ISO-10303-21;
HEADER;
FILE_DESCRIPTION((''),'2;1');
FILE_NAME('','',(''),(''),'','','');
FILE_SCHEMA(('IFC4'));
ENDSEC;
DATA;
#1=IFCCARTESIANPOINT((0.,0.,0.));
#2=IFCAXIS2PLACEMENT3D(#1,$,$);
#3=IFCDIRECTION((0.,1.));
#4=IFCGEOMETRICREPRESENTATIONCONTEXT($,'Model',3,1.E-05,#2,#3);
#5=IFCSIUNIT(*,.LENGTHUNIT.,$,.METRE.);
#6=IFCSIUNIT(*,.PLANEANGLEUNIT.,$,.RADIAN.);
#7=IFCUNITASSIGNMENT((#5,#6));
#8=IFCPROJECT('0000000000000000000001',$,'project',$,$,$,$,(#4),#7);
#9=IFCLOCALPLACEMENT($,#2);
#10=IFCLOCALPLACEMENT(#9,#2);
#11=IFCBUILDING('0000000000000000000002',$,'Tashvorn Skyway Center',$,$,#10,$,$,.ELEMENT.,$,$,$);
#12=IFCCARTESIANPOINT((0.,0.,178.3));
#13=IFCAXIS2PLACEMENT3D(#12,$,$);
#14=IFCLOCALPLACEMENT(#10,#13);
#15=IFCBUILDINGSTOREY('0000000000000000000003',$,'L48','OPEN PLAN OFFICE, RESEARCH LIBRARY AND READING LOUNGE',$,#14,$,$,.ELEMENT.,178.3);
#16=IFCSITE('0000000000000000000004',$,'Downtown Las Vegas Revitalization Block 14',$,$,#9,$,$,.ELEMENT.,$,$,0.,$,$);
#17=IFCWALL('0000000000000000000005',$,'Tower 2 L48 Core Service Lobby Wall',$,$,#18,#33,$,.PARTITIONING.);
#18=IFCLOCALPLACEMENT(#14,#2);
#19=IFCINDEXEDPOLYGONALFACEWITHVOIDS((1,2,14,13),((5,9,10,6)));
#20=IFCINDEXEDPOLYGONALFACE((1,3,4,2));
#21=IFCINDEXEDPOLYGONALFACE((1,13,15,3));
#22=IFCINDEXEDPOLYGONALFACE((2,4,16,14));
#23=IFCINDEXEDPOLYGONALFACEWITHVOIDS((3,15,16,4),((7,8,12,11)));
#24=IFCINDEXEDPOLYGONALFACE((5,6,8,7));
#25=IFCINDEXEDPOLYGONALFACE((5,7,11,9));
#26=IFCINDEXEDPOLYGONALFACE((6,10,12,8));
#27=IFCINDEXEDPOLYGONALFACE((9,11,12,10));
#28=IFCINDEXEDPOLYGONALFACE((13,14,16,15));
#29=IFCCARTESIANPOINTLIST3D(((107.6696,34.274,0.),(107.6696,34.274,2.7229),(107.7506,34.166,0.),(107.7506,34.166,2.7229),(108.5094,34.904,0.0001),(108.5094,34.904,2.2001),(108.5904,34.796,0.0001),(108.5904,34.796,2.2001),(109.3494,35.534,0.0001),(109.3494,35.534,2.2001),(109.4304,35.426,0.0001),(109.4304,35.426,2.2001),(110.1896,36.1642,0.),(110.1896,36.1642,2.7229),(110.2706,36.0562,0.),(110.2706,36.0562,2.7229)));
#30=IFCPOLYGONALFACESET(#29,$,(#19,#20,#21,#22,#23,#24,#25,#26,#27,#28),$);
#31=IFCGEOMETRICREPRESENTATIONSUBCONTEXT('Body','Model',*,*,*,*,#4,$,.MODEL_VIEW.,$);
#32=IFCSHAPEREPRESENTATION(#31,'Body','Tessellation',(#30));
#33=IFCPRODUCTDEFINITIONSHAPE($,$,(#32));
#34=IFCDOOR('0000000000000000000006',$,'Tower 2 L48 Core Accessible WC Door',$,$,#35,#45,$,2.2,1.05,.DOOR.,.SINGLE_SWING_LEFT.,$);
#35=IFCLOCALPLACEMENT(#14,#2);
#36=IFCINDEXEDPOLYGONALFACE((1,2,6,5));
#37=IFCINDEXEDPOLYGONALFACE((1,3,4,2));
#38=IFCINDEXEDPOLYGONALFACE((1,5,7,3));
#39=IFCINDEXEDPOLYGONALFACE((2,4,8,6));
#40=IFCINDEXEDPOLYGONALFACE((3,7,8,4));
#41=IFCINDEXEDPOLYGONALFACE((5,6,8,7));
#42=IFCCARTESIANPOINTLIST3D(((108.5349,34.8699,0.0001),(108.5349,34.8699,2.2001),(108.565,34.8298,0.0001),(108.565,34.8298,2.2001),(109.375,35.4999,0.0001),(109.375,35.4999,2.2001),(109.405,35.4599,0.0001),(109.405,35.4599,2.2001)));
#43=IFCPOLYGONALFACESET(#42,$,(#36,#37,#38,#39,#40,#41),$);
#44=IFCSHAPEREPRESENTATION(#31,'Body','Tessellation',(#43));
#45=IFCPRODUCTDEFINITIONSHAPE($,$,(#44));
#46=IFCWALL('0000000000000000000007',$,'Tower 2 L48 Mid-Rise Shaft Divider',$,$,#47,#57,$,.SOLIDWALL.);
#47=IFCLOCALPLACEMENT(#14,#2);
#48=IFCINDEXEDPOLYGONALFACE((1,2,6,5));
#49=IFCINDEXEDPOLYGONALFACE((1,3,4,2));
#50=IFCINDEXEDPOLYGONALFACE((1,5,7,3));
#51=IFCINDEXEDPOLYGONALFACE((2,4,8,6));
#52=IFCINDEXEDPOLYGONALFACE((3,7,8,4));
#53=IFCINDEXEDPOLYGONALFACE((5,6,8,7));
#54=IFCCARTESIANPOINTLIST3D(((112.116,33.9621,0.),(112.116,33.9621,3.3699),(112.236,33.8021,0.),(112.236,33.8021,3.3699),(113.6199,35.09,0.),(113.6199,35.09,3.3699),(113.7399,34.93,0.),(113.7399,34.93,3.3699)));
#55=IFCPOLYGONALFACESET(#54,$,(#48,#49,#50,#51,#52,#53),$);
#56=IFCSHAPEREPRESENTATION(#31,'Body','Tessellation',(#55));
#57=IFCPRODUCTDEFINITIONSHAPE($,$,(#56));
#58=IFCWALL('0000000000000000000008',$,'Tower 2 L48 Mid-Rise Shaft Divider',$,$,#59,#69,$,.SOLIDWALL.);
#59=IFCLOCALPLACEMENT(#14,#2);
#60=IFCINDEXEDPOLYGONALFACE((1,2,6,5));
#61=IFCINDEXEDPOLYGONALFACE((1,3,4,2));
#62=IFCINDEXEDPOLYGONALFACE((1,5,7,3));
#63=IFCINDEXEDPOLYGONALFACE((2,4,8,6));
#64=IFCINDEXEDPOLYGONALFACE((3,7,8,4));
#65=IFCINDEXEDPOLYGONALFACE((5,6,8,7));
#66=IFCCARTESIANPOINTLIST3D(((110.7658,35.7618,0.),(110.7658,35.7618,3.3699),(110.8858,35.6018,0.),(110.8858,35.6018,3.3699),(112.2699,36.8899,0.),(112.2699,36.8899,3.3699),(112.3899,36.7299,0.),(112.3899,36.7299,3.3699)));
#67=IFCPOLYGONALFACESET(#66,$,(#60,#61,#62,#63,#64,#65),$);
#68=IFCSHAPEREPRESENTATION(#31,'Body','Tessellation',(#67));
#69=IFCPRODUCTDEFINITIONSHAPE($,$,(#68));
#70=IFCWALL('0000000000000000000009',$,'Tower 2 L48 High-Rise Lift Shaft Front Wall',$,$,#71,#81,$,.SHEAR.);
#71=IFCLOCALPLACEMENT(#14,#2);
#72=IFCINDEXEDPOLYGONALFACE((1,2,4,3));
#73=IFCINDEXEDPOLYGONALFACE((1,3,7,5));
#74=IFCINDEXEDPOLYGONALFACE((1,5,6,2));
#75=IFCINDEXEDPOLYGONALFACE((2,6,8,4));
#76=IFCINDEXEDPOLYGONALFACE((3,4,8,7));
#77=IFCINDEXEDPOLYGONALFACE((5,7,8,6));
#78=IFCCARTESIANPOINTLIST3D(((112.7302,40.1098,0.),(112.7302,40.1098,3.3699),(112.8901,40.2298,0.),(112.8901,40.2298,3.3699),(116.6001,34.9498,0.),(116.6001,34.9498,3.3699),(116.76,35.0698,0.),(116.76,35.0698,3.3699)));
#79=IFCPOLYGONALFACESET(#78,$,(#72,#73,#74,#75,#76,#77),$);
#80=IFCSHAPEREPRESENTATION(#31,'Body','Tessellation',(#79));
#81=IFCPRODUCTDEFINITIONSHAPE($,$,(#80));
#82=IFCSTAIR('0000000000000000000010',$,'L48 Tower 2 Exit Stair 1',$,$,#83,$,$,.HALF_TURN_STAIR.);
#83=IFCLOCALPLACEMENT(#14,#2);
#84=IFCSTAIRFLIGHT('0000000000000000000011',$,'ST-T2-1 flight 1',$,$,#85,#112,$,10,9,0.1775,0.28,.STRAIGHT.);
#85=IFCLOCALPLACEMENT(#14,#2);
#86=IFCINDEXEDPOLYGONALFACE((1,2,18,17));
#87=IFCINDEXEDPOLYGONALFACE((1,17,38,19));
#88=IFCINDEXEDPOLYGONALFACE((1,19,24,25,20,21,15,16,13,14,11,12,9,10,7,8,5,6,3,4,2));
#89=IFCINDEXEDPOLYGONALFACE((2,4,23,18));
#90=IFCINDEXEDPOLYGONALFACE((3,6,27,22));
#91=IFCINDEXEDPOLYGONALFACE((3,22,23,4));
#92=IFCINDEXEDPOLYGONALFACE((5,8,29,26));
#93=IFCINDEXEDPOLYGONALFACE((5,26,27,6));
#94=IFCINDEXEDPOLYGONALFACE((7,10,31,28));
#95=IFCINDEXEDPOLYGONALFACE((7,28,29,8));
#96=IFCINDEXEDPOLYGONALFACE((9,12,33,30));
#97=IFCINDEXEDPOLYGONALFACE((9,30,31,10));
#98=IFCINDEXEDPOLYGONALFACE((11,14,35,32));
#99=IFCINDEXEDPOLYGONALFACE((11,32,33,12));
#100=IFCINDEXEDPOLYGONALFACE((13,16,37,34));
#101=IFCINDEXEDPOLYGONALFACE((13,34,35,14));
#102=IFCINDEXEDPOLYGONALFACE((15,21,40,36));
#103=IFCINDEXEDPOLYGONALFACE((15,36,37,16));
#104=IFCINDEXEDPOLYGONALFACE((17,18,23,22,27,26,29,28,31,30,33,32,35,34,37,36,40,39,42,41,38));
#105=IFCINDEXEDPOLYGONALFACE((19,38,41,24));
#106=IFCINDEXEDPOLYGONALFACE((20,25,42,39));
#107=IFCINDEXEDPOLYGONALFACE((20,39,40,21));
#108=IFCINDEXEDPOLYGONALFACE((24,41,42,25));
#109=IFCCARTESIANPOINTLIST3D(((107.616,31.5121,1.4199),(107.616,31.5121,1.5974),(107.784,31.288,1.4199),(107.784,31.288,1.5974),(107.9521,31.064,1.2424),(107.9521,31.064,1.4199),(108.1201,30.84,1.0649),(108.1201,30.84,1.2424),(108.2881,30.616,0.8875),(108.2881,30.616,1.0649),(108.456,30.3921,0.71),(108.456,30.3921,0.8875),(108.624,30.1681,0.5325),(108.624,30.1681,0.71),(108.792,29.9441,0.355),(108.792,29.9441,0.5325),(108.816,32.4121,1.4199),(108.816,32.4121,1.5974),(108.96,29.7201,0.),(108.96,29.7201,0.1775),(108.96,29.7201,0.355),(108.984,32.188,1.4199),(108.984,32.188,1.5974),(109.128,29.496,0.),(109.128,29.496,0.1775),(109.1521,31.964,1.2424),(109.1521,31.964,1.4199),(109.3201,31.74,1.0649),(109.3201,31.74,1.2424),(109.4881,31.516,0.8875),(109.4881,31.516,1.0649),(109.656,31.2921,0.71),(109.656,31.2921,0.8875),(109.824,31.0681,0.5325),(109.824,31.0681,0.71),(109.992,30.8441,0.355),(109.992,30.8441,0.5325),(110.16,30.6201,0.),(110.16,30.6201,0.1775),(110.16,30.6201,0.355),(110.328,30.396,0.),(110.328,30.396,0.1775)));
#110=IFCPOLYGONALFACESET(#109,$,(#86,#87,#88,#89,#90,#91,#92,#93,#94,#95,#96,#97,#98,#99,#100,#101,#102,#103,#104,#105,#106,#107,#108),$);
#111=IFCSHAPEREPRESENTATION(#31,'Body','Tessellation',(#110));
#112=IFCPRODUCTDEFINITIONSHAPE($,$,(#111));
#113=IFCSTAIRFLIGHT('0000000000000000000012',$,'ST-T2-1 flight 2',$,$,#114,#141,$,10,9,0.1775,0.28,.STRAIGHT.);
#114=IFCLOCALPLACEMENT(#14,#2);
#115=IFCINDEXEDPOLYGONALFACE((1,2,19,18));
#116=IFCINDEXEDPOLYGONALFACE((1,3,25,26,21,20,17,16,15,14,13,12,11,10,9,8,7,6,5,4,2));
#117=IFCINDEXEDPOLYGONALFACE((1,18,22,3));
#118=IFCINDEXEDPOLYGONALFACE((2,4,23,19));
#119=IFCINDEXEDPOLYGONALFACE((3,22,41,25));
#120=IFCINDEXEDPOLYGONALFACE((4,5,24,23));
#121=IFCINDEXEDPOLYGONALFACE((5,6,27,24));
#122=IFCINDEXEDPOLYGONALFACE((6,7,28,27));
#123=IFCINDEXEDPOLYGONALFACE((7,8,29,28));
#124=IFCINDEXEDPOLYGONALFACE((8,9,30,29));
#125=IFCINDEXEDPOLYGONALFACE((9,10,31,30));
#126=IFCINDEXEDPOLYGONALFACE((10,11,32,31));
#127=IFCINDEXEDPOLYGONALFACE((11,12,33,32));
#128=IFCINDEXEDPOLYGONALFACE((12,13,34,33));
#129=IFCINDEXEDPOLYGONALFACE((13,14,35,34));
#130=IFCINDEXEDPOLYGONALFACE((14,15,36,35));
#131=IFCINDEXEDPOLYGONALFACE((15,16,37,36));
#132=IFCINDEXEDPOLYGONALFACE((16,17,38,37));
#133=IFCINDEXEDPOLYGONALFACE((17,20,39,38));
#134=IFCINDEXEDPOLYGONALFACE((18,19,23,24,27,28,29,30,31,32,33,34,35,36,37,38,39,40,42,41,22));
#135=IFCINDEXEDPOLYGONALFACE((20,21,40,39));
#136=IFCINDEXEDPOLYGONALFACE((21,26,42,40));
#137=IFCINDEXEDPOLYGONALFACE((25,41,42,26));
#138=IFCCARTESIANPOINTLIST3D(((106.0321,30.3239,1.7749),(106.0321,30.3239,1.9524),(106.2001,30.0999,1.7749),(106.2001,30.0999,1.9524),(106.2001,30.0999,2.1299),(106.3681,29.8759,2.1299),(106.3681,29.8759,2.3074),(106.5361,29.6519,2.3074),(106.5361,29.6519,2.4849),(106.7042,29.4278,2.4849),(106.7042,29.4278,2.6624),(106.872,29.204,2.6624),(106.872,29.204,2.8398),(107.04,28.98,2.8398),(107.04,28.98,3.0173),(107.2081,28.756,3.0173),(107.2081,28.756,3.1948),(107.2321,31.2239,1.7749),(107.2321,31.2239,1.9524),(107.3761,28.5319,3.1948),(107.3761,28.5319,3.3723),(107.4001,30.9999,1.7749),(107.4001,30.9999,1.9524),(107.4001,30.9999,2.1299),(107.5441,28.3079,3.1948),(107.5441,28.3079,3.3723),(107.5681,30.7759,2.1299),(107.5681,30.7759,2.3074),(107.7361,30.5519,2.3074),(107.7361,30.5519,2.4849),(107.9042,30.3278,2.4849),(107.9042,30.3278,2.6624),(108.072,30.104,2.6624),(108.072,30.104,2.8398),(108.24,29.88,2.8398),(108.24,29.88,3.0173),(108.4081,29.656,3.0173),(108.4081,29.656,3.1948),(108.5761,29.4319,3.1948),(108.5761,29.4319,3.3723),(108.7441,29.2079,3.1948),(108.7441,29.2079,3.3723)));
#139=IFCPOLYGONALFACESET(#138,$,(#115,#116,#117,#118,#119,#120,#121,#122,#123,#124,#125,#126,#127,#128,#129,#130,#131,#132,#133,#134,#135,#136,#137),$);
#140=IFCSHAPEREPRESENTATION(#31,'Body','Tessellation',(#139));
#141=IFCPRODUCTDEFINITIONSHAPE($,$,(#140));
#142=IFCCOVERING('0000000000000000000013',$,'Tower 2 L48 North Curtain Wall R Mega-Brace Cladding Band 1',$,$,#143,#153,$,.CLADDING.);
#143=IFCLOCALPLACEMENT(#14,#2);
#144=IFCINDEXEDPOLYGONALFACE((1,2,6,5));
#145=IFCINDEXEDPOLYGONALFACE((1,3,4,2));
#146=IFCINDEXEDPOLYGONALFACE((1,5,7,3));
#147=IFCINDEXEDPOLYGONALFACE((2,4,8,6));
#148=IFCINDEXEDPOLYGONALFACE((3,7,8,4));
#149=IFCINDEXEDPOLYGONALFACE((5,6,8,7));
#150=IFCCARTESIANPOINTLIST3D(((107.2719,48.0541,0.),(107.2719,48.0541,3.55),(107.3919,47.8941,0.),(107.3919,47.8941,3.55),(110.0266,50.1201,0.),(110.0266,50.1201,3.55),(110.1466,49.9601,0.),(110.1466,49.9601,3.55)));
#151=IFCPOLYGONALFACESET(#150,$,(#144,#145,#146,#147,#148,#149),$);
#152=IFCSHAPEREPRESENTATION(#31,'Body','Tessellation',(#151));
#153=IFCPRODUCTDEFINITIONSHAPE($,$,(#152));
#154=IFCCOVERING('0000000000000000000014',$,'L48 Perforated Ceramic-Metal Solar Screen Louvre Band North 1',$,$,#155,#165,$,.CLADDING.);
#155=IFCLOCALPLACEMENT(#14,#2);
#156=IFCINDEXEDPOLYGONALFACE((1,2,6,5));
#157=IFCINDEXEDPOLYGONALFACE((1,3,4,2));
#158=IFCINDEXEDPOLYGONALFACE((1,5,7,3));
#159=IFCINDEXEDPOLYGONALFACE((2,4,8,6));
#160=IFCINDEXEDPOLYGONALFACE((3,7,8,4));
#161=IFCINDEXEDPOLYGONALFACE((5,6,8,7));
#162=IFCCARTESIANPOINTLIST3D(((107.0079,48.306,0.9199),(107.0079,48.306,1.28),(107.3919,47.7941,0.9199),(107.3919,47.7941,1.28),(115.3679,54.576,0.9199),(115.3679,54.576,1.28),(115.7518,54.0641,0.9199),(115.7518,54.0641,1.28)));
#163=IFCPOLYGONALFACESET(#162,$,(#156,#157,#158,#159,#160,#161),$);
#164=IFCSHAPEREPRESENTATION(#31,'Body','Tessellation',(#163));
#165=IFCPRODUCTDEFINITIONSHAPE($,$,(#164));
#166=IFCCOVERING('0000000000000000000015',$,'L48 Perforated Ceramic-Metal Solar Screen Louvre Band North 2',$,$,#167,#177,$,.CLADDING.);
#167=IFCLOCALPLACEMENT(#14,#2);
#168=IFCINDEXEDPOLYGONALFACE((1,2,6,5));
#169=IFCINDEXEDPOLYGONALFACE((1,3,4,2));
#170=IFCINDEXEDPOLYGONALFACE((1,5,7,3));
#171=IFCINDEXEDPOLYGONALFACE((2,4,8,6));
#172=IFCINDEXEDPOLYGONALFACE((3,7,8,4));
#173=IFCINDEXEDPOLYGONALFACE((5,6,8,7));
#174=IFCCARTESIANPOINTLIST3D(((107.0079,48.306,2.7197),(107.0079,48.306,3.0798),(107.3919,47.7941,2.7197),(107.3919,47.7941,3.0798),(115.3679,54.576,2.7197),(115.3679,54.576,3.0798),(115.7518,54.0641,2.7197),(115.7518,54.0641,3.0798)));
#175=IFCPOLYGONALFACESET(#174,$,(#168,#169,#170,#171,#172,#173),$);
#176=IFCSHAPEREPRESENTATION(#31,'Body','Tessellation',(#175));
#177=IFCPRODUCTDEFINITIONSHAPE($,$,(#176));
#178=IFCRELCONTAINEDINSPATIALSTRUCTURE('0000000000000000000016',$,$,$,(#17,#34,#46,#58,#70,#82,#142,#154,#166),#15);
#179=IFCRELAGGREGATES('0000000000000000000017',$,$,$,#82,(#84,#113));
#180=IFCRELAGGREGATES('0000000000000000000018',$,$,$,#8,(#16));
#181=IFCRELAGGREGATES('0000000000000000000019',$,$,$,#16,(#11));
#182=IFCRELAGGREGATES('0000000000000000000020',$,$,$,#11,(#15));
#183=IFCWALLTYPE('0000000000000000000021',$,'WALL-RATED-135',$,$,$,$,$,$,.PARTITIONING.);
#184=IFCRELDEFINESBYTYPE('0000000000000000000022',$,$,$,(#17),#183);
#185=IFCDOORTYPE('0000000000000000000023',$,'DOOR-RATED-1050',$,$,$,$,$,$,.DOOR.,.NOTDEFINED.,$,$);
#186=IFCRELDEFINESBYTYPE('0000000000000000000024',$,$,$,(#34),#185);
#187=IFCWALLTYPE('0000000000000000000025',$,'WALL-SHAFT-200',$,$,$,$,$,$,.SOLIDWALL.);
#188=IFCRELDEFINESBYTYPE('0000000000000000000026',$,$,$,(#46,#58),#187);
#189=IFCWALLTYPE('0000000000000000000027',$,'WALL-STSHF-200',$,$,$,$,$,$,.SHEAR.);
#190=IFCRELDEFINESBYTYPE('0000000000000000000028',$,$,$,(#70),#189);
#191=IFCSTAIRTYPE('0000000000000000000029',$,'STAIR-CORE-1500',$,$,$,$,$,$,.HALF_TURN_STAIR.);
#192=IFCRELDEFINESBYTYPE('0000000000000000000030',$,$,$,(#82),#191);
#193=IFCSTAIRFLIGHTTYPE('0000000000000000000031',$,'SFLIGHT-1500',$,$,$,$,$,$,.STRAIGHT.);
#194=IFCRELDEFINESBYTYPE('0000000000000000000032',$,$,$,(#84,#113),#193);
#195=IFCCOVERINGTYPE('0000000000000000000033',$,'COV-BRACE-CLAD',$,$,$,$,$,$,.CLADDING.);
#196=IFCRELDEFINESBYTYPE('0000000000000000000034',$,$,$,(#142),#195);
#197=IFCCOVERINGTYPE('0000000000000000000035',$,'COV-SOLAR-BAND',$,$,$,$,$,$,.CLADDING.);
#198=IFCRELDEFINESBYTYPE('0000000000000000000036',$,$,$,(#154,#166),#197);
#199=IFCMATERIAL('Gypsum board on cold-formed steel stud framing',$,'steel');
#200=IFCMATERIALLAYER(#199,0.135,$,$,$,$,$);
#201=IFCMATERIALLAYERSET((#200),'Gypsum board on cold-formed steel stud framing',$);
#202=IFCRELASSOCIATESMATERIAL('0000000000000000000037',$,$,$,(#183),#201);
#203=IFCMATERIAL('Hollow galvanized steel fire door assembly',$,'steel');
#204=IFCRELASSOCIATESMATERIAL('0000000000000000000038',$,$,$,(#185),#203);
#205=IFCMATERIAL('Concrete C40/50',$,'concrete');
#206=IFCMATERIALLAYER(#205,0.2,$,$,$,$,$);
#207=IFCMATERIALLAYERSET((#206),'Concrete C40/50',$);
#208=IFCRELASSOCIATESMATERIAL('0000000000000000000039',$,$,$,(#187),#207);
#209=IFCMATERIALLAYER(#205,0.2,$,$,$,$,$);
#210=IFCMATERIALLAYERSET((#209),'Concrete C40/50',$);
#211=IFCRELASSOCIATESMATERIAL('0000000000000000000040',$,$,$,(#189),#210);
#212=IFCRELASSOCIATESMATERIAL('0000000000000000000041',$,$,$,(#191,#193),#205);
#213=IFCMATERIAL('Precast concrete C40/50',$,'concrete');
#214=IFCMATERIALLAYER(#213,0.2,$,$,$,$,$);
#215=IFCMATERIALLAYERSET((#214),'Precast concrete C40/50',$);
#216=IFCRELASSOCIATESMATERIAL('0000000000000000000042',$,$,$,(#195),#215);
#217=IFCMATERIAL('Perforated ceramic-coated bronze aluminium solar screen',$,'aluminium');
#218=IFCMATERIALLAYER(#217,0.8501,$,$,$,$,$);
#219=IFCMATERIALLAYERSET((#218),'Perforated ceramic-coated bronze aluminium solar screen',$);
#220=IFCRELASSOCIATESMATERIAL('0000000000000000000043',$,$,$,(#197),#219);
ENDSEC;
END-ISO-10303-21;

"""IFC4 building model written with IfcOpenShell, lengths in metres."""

from ifc_helpers import new_model, si_unit, direction, frame, frame_2d, origin, origin_2d, place, context, subcontext, project, spatial, polyline, rectangle, outline, extrude, material, layer, layer_set, type_object, element, fill, aggregate, save


model = new_model("IFC4")

# Units and contexts
model_context = context("Model", 3, precision=1e-05, world=origin(), true_north=direction((0.0, 1.0)))
body_context = subcontext(model_context, "Body", "Model", "MODEL_VIEW")
ifc_project = project(units=[si_unit("LENGTHUNIT", "METRE"), si_unit("PLANEANGLEUNIT", "RADIAN")], contexts=[model_context])

# Site, building, storey
site_placement = place(None, origin())
site = spatial("IfcSite", under=ifc_project, at=site_placement, Name="Downtown Las Vegas Revitalization Block 14", CompositionType="ELEMENT", RefElevation=0.0)
building_placement = place(site_placement, origin())
building = spatial("IfcBuilding", under=site, at=building_placement, Name="Tashvorn Skyway Center", CompositionType="ELEMENT")
storey_placement = place(building_placement, frame((0.0, 0.0, 178.3)))
storey = spatial("IfcBuildingStorey", under=building, at=storey_placement, Name="L48", Description="OPEN PLAN OFFICE, RESEARCH LIBRARY AND READING LOUNGE", CompositionType="ELEMENT", Elevation=178.3)

# Shared definitions
ifc_material_1 = material(Name="Concrete C40/50", Category="concrete")
ifc_material_2 = material(Name="Gypsum board on cold-formed steel stud framing", Category="steel")

# Wall, opening, door
ifc_layer_1 = layer(ifc_material_2, 0.135)
ifc_layer_set_1 = layer_set([ifc_layer_1], Name="Gypsum board on cold-formed steel stud framing")
wall_type_1 = type_object("IfcWallType", Name="WALL-RATED-135", PredefinedType="PARTITIONING", material=ifc_layer_set_1)
wall_1_placement = place(storey_placement, frame((107.71, 34.22, 0.0), z_axis=(0.0, 0.0, 1.0), x_axis=(0.799981, 0.600025, 0.0)))
wall_1 = element("IfcWall", 1, at=wall_1_placement, inside=storey, type_object=wall_type_1, Name="Tower 2 L48 Core Service Lobby Wall", PredefinedType="PARTITIONING", context=body_context, shape_type="SweptSolid", body=[
    extrude(rectangle(XDim=3.1501, YDim=0.135, at=frame_2d((1.5752, 0.0))), origin(), (0.0, 0.0, 1.0), 2.7229),
])
opening_placement = place(wall_1_placement, frame((1.05, 0.0, 0.0)))
opening = element("IfcOpeningElement", 2, at=opening_placement, cuts=wall_1, PredefinedType="OPENING", context=body_context, shape_type="SweptSolid", body=[
    extrude(rectangle(XDim=1.05, YDim=2.2, at=frame_2d((0.5249, 1.1001))), frame((0.0, 0.0774, 0.0), z_axis=(0.0, -1.0, 0.0), x_axis=(1.0, 0.0, 0.0)), (0.0, 0.0, 1.0), 0.155),
])
ifc_material_3 = material(Name="Hollow galvanized steel fire door assembly", Category="steel")
door_type = type_object("IfcDoorType", Name="DOOR-RATED-1050", OperationType="NOTDEFINED", PredefinedType="DOOR", material=ifc_material_3)
door_placement = place(opening_placement, origin())
door = element("IfcDoor", 3, at=door_placement, inside=storey, type_object=door_type, Name="Tower 2 L48 Core Accessible WC Door", OperationType="SINGLE_SWING_LEFT", OverallHeight=2.2, OverallWidth=1.05, PredefinedType="DOOR", context=body_context, shape_type="SweptSolid", body=[
    extrude(rectangle(XDim=1.05, YDim=2.2, at=frame_2d((0.5249, 1.1001))), frame((0.0, 0.0249, 0.0), z_axis=(0.0, -1.0, 0.0), x_axis=(1.0, 0.0, 0.0)), (0.0, 0.0, 1.0), 0.05),
])
fill(opening, door)

# Walls
ifc_layer_2 = layer(ifc_material_1, 0.2)
ifc_layer_set_2 = layer_set([ifc_layer_2], Name="Concrete C40/50")
wall_type_2 = type_object("IfcWallType", Name="WALL-SHAFT-200", PredefinedType="SOLIDWALL", material=ifc_layer_set_2)
wall_2_placement = place(storey_placement, frame((112.176, 33.8821, 0.0), z_axis=(0.0, 0.0, 1.0), x_axis=(0.8, 0.6, 0.0)))
element("IfcWall", 4, at=wall_2_placement, inside=storey, type_object=wall_type_2, Name="Tower 2 L48 Mid-Rise Shaft Divider", PredefinedType="SOLIDWALL", context=body_context, shape_type="SweptSolid", body=[
    extrude(rectangle(XDim=1.8799, YDim=0.2, at=frame_2d((0.9399, 0.0))), origin(), (0.0, 0.0, 1.0), 3.3699),
])
wall_3_placement = place(storey_placement, frame((110.8259, 35.6819, 0.0), z_axis=(0.0, 0.0, 1.0), x_axis=(0.799984, 0.600021, 0.0)))
element("IfcWall", 5, at=wall_3_placement, inside=storey, type_object=wall_type_2, Name="Tower 2 L48 Mid-Rise Shaft Divider", PredefinedType="SOLIDWALL", context=body_context, shape_type="SweptSolid", body=[
    extrude(rectangle(XDim=1.8801, YDim=0.2, at=frame_2d((0.9399, 0.0))), origin(), (0.0, 0.0, 1.0), 3.3699),
])
ifc_layer_3 = layer(ifc_material_1, 0.2)
ifc_layer_set_3 = layer_set([ifc_layer_3], Name="Concrete C40/50")
wall_type_3 = type_object("IfcWallType", Name="WALL-STSHF-200", PredefinedType="SHEAR", material=ifc_layer_set_3)
wall_4_placement = place(storey_placement, frame((112.8101, 40.1699, 0.0), z_axis=(0.0, 0.0, 1.0), x_axis=(0.599994, -0.800005, 0.0)))
element("IfcWall", 6, at=wall_4_placement, inside=storey, type_object=wall_type_3, Name="Tower 2 L48 High-Rise Lift Shaft Front Wall", PredefinedType="SHEAR", context=body_context, shape_type="SweptSolid", body=[
    extrude(rectangle(XDim=6.45, YDim=0.2, at=frame_2d((3.2251, 0.0))), origin(), (0.0, 0.0, 1.0), 3.3699),
])

# Stair, stair flights
stair_type = type_object("IfcStairType", Name="STAIR-CORE-1500", PredefinedType="HALF_TURN_STAIR", material=ifc_material_1)
stair_placement = place(storey_placement, origin())
stair = element("IfcStair", 7, at=stair_placement, inside=storey, type_object=stair_type, Name="L48 Tower 2 Exit Stair 1", PredefinedType="HALF_TURN_STAIR")
stair_flight_type = type_object("IfcStairFlightType", Name="SFLIGHT-1500", PredefinedType="STRAIGHT", material=ifc_material_1)
stair_flight_1_placement = place(storey_placement, frame((109.728, 29.946, 0.0), z_axis=(0.0, 0.0, 1.0), x_axis=(-0.6, 0.8, 0.0)))
stair_flight_1 = element("IfcStairFlight", 8, at=stair_flight_1_placement, type_object=stair_flight_type, Name="ST-T2-1 flight 1", NumberOfRisers=10, NumberOfTreads=9, PredefinedType="STRAIGHT", RiserHeight=0.1775, TreadLength=0.28, context=body_context, shape_type="SweptSolid", body=[
    extrude(outline(polyline([(0.0, 0.0), (0.0, 0.1775), (0.28, 0.1775), (0.28, 0.355), (0.5601, 0.355), (0.5601, 0.5325), (0.8401, 0.5325), (0.8401, 0.71), (1.1201, 0.71), (1.1201, 0.8875), (1.3999, 0.8875), (1.3999, 1.0649), (1.6799, 1.0649), (1.6799, 1.2424), (1.96, 1.2424), (1.96, 1.4199), (2.24, 1.4199), (2.24, 1.5974), (2.52, 1.5974), (2.52, 1.7749), (2.52, 1.4199), (0.28, 0.0), (0.0, 0.0)])), frame((0.0, 0.75, 0.0), z_axis=(0.0, -1.0, 0.0), x_axis=(1.0, 0.0, 0.0)), (0.0, 0.0, 1.0), 1.5),
])
stair_flight_2_placement = place(storey_placement, frame((106.6321, 30.7739, 1.7749), z_axis=(0.0, 0.0, 1.0), x_axis=(0.6, -0.8, 0.0)))
stair_flight_2 = element("IfcStairFlight", 9, at=stair_flight_2_placement, type_object=stair_flight_type, Name="ST-T2-1 flight 2", NumberOfRisers=10, NumberOfTreads=9, PredefinedType="STRAIGHT", RiserHeight=0.1775, TreadLength=0.28, context=body_context, shape_type="SweptSolid", body=[
    extrude(outline(polyline([(0.0, 0.0), (0.0, 0.1775), (0.28, 0.1775), (0.28, 0.355), (0.5601, 0.355), (0.5601, 0.5325), (0.8401, 0.5325), (0.8401, 0.71), (1.1201, 0.71), (1.1201, 0.8875), (1.3999, 0.8875), (1.3999, 1.0649), (1.6799, 1.0649), (1.6799, 1.2424), (1.96, 1.2424), (1.96, 1.4199), (2.24, 1.4199), (2.24, 1.5974), (2.52, 1.5974), (2.52, 1.7749), (2.52, 1.4199), (0.28, 0.0), (0.0, 0.0)])), frame((0.0, 0.75, 0.0), z_axis=(0.0, -1.0, 0.0), x_axis=(1.0, 0.0, 0.0)), (0.0, 0.0, 1.0), 1.5),
])
aggregate(stair, [stair_flight_1, stair_flight_2])

# Coverings
ifc_material_4 = material(Name="Precast concrete C40/50", Category="concrete")
ifc_layer_4 = layer(ifc_material_4, 0.2)
ifc_layer_set_4 = layer_set([ifc_layer_4], Name="Precast concrete C40/50")
covering_type_1 = type_object("IfcCoveringType", Name="COV-BRACE-CLAD", PredefinedType="CLADDING", material=ifc_layer_set_4)
covering_placement = place(storey_placement, frame((108.7092, 49.0071, 0.0), z_axis=(0.0, 0.0, 1.0), x_axis=(0.8, 0.6, 0.0)))
element("IfcCovering", 10, at=covering_placement, inside=storey, type_object=covering_type_1, Name="Tower 2 L48 North Curtain Wall R Mega-Brace Cladding Band 1", PredefinedType="CLADDING", context=body_context, shape_type="SweptSolid", body=[
    extrude(rectangle(XDim=3.4434, YDim=0.2, at=origin_2d()), origin(), (0.0, 0.0, 1.0), 3.55),
])
ifc_material_5 = material(Name="Perforated ceramic-coated bronze aluminium solar screen", Category="aluminium")
ifc_layer_5 = layer(ifc_material_5, 0.8501)
ifc_layer_set_5 = layer_set([ifc_layer_5], Name="Perforated ceramic-coated bronze aluminium solar screen")
covering_type_2 = type_object("IfcCoveringType", Name="COV-SOLAR-BAND", PredefinedType="CLADDING", material=ifc_layer_set_5)
for number, where, z_axis, x_axis, name in (
    (11, (111.3799, 51.1851, 0.9199), (0.0, 0.0, 1.0), (0.8, 0.6, 0.0), "L48 Perforated Ceramic-Metal Solar Screen Louvre Band North 1"),
    (12, (111.3799, 51.1851, 2.7197), (0.0, 0.0, 1.0), (0.8, 0.6, 0.0), "L48 Perforated Ceramic-Metal Solar Screen Louvre Band North 2"),
):
    element("IfcCovering", number, at=place(storey_placement, frame(where, z_axis=z_axis, x_axis=x_axis)), inside=storey, type_object=covering_type_2, Name=name, PredefinedType="CLADDING", context=body_context, shape_type="SweptSolid", body=[
        extrude(rectangle(XDim=10.45, YDim=0.6399, at=origin_2d()), origin(), (0.0, 0.0, 1.0), 0.3601),
    ])

save(model, "model.ifc")
